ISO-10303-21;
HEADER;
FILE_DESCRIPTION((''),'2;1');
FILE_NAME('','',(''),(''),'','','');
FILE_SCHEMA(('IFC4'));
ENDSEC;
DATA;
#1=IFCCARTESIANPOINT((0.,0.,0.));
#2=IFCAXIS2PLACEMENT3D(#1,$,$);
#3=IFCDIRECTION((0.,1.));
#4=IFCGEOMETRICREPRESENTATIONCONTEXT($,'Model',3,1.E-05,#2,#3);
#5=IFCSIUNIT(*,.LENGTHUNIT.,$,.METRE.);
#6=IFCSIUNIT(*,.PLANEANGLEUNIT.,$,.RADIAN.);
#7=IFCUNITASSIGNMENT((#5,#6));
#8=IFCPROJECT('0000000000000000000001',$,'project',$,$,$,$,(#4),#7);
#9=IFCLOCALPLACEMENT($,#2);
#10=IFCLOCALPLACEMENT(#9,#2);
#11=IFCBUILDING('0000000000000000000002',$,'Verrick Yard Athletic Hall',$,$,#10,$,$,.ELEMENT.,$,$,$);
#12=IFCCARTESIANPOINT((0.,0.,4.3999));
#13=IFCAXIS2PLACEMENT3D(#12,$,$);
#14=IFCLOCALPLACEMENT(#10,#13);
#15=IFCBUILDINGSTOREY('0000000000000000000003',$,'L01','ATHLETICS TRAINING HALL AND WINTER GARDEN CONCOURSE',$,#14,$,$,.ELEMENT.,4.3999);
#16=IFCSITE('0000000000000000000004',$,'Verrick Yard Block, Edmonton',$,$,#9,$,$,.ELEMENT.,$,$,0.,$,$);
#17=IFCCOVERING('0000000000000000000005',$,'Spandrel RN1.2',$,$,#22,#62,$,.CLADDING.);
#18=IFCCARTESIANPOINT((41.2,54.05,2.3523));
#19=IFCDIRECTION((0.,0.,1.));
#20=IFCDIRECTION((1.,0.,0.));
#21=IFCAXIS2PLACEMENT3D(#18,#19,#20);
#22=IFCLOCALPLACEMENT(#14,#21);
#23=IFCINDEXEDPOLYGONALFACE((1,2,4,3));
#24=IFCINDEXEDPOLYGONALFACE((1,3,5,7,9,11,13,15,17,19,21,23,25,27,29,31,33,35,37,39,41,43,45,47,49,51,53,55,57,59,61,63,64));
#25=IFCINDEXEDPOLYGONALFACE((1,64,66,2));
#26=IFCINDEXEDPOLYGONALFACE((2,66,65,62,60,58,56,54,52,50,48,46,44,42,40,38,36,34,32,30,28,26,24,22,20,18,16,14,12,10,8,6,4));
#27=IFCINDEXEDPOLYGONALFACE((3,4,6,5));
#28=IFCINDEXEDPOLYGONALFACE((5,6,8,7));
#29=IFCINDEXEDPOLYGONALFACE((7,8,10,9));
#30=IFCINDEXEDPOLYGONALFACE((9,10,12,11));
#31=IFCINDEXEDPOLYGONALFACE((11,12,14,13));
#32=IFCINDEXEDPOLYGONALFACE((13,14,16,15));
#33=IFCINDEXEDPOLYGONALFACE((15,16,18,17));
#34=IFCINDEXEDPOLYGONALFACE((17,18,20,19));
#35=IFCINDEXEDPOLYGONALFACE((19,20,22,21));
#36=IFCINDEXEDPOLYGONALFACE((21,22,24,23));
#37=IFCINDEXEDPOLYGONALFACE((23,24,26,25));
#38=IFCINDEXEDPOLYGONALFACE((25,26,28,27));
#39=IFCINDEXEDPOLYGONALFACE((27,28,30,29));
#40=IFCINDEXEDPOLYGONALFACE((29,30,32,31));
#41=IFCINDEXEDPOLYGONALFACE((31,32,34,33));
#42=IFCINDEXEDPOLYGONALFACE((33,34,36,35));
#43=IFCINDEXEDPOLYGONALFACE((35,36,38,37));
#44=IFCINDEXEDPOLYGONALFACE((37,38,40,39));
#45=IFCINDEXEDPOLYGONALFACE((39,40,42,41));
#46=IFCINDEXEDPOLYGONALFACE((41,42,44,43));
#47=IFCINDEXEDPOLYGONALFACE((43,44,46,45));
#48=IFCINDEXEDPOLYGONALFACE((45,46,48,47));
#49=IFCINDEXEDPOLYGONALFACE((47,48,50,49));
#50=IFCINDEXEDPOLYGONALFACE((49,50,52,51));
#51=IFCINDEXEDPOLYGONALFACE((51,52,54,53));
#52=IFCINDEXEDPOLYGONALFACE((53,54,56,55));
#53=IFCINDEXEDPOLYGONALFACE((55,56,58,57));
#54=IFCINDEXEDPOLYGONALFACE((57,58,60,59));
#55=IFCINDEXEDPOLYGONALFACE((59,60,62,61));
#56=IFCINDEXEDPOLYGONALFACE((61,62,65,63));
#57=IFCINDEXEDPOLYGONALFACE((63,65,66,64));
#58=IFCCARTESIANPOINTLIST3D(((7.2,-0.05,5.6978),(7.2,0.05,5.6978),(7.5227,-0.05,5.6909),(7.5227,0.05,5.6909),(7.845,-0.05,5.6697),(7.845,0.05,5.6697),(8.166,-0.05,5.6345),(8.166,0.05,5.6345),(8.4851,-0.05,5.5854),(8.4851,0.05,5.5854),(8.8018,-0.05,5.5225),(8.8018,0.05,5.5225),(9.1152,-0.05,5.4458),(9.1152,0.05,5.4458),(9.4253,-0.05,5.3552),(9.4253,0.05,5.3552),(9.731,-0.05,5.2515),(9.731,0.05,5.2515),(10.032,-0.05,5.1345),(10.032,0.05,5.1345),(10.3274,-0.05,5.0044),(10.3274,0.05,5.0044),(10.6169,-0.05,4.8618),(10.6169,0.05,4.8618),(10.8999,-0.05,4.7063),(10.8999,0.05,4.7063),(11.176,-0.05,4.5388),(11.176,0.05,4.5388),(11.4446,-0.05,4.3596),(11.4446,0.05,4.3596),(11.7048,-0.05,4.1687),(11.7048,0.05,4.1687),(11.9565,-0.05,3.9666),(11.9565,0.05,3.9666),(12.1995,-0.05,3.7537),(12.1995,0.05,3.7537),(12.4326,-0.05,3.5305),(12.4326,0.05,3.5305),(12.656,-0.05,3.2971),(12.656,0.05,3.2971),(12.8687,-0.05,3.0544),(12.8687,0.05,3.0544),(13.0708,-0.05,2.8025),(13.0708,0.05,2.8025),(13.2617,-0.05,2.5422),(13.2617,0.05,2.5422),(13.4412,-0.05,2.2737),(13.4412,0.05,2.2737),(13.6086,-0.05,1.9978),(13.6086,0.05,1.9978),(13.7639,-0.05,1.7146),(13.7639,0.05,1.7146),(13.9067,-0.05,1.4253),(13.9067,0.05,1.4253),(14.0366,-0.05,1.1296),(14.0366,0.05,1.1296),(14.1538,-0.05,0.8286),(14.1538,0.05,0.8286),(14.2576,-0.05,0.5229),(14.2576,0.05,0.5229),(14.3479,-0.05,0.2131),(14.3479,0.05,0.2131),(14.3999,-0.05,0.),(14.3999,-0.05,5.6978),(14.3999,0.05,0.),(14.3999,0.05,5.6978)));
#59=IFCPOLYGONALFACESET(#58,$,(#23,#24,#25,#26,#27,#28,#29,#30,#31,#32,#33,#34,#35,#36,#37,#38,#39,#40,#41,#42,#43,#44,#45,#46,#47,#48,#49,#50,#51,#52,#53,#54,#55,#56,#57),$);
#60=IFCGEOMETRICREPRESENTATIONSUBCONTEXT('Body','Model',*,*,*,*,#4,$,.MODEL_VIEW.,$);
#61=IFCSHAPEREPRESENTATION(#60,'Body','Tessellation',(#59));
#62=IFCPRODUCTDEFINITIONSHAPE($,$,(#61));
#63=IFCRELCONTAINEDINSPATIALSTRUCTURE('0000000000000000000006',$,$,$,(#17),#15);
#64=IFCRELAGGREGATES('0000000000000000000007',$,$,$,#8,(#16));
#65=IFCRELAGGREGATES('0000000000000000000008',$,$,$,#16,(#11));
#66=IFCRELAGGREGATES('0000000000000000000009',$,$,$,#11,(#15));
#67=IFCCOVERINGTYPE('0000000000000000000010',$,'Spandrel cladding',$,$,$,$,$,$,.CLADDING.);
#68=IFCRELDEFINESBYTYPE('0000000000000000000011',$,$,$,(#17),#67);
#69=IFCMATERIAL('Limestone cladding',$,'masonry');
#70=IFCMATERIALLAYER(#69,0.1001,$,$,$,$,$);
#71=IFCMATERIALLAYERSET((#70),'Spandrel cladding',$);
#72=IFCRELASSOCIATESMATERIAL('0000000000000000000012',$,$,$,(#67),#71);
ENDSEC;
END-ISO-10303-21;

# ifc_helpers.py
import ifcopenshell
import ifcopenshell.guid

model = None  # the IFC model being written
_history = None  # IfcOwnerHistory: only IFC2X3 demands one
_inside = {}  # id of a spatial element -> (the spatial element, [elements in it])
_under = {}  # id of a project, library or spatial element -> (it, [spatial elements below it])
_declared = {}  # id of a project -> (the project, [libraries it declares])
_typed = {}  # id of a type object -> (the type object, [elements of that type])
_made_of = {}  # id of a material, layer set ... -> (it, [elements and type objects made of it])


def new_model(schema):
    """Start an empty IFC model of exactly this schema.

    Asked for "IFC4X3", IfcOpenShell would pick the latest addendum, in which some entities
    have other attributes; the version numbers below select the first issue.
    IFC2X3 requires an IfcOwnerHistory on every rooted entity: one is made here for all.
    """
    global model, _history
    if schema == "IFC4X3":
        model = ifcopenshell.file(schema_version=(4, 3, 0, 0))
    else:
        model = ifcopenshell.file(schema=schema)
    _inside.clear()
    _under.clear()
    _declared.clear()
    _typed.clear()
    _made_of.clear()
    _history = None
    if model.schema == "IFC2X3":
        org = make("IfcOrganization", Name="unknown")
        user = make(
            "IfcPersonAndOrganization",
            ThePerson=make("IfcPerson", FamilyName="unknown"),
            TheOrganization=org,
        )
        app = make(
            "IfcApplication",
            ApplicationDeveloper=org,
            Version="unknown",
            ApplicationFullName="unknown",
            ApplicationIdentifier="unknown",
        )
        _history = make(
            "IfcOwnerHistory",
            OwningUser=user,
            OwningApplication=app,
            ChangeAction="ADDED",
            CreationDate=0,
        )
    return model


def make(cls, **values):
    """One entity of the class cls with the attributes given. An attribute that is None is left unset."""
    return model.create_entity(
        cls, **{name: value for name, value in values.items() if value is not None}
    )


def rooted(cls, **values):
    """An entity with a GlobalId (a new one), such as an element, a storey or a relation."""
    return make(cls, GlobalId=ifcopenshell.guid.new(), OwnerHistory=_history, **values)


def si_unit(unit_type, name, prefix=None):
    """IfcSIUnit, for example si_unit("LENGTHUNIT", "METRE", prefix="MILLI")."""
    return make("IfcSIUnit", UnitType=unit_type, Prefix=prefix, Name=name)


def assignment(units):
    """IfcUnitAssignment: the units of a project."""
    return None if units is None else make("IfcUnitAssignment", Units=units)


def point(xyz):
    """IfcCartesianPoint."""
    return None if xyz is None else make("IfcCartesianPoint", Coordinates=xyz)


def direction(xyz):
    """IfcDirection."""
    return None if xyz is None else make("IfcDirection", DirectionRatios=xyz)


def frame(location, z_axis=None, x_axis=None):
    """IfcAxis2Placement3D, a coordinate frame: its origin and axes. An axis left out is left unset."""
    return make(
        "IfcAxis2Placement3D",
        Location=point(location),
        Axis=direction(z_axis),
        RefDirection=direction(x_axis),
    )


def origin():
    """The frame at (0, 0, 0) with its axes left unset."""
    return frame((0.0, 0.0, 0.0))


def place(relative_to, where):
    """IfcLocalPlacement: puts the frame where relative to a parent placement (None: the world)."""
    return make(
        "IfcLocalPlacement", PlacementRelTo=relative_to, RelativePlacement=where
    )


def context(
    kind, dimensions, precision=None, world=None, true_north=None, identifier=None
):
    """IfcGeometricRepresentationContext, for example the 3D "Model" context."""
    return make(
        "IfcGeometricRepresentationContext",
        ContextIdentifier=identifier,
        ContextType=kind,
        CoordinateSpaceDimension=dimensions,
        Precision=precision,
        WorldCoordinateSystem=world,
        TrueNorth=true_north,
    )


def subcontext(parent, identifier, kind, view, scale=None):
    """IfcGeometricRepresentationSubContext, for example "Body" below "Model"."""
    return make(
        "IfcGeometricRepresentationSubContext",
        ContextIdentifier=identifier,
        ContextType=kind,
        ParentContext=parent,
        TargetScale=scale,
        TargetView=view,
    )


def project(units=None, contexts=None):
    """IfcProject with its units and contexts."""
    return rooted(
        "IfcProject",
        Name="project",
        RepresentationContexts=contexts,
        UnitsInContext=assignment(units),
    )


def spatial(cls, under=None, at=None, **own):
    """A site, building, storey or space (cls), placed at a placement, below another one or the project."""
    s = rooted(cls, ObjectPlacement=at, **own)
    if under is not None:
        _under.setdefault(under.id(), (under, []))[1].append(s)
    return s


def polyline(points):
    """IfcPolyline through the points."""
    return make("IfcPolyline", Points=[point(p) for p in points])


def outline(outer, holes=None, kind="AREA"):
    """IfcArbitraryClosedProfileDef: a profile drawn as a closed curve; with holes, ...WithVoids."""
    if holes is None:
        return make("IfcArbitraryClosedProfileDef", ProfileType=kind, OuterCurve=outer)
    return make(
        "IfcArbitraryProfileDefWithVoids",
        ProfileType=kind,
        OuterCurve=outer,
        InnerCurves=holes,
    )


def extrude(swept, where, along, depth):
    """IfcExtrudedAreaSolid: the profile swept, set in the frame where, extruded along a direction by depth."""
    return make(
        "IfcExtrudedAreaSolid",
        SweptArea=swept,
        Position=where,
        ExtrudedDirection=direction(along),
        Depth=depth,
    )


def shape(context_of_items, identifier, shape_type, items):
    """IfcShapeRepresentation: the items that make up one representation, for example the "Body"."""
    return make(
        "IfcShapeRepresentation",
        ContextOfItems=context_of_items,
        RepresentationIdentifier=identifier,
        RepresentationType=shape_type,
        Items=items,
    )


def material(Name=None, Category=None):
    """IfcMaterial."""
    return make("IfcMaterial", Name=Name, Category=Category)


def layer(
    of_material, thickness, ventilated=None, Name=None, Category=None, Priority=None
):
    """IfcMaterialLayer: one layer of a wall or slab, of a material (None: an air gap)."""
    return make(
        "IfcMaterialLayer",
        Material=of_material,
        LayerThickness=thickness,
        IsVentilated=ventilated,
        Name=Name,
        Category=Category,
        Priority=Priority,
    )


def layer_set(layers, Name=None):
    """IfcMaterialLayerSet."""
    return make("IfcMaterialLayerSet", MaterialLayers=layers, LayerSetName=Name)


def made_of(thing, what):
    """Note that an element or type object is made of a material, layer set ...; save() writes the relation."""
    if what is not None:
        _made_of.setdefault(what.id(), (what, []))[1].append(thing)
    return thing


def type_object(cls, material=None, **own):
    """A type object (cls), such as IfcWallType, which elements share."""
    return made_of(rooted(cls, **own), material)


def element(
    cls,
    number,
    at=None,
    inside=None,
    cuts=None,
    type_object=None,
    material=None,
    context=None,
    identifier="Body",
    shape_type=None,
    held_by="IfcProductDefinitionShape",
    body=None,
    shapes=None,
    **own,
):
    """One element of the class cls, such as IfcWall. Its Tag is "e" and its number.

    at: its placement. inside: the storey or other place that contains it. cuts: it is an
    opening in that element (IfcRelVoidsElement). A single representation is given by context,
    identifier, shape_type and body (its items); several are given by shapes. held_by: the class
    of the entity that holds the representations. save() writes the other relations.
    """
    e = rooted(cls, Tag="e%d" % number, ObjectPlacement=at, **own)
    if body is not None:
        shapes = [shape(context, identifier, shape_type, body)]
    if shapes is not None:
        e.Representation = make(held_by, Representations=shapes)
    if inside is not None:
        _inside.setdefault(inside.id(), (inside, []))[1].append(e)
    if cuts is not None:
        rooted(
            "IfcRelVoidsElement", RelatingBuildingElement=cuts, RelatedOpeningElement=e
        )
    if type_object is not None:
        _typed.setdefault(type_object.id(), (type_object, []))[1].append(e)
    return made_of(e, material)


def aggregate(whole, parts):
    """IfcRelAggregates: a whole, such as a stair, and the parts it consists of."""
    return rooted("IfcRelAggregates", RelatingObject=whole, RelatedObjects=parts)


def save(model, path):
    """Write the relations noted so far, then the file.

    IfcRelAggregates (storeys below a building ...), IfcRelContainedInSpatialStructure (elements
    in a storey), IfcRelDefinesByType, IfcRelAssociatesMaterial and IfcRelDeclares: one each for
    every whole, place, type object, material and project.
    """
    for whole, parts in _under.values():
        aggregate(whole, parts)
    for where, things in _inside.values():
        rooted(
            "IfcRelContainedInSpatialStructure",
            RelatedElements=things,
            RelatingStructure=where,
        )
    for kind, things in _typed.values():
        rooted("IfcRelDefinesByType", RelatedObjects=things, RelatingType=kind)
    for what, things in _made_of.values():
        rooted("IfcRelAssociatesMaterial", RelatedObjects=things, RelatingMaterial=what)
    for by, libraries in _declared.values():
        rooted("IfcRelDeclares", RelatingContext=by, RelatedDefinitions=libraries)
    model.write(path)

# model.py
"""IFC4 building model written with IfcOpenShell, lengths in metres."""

from ifc_helpers import new_model, si_unit, direction, frame, origin, place, context, subcontext, project, spatial, polyline, outline, extrude, material, layer, layer_set, type_object, element, save


model = new_model("IFC4")

# Units and contexts
model_context = context("Model", 3, precision=1e-05, world=origin(), true_north=direction((0.0, 1.0)))
body_context = subcontext(model_context, "Body", "Model", "MODEL_VIEW")
ifc_project = project(units=[si_unit("LENGTHUNIT", "METRE"), si_unit("PLANEANGLEUNIT", "RADIAN")], contexts=[model_context])

# Site, building, storey
site_placement = place(None, origin())
site = spatial("IfcSite", under=ifc_project, at=site_placement, Name="Verrick Yard Block, Edmonton", CompositionType="ELEMENT", RefElevation=0.0)
building_placement = place(site_placement, origin())
building = spatial("IfcBuilding", under=site, at=building_placement, Name="Verrick Yard Athletic Hall", CompositionType="ELEMENT")
storey_placement = place(building_placement, frame((0.0, 0.0, 4.3999)))
storey = spatial("IfcBuildingStorey", under=building, at=storey_placement, Name="L01", Description="ATHLETICS TRAINING HALL AND WINTER GARDEN CONCOURSE", CompositionType="ELEMENT", Elevation=4.3999)

# Shared definitions
ifc_material_1 = material(Name="Limestone cladding", Category="masonry")

# Covering
ifc_layer_1 = layer(ifc_material_1, 0.1001)
ifc_layer_set_1 = layer_set([ifc_layer_1], Name="Spandrel cladding")
covering_type_1 = type_object("IfcCoveringType", Name="Spandrel cladding", PredefinedType="CLADDING", material=ifc_layer_set_1)
covering_1_placement = place(storey_placement, frame((41.2, 54.05, 2.3523), z_axis=(0.0, 0.0, 1.0), x_axis=(1.0, 0.0, 0.0)))
element("IfcCovering", 1, at=covering_1_placement, inside=storey, type_object=covering_type_1, Name="Spandrel RN1.2", PredefinedType="CLADDING", context=body_context, shape_type="SweptSolid", body=[
    extrude(outline(polyline([(7.2, 5.6978), (7.5227, 5.6909), (7.845, 5.6697), (8.166, 5.6345), (8.4851, 5.5854), (8.8018, 5.5225), (9.1152, 5.4458), (9.4253, 5.3552), (9.731, 5.2515), (10.032, 5.1345), (10.3274, 5.0044), (10.6169, 4.8618), (10.8999, 4.7063), (11.176, 4.5388), (11.4446, 4.3596), (11.7048, 4.1687), (11.9565, 3.9666), (12.1995, 3.7537), (12.4326, 3.5305), (12.656, 3.2971), (12.8687, 3.0544), (13.0708, 2.8025), (13.2617, 2.5422), (13.4412, 2.2737), (13.6086, 1.9978), (13.7639, 1.7146), (13.9067, 1.4253), (14.0366, 1.1296), (14.1538, 0.8286), (14.2576, 0.5229), (14.3479, 0.2131), (14.3999, 0.0), (14.3999, 5.6978), (7.2, 5.6978)])), frame((0.0, 0.05, 0.0), z_axis=(0.0, -1.0, 0.0), x_axis=(1.0, 0.0, 0.0)), (0.0, 0.0, 1.0), 0.1001),
])

save(model, "model.ifc")
